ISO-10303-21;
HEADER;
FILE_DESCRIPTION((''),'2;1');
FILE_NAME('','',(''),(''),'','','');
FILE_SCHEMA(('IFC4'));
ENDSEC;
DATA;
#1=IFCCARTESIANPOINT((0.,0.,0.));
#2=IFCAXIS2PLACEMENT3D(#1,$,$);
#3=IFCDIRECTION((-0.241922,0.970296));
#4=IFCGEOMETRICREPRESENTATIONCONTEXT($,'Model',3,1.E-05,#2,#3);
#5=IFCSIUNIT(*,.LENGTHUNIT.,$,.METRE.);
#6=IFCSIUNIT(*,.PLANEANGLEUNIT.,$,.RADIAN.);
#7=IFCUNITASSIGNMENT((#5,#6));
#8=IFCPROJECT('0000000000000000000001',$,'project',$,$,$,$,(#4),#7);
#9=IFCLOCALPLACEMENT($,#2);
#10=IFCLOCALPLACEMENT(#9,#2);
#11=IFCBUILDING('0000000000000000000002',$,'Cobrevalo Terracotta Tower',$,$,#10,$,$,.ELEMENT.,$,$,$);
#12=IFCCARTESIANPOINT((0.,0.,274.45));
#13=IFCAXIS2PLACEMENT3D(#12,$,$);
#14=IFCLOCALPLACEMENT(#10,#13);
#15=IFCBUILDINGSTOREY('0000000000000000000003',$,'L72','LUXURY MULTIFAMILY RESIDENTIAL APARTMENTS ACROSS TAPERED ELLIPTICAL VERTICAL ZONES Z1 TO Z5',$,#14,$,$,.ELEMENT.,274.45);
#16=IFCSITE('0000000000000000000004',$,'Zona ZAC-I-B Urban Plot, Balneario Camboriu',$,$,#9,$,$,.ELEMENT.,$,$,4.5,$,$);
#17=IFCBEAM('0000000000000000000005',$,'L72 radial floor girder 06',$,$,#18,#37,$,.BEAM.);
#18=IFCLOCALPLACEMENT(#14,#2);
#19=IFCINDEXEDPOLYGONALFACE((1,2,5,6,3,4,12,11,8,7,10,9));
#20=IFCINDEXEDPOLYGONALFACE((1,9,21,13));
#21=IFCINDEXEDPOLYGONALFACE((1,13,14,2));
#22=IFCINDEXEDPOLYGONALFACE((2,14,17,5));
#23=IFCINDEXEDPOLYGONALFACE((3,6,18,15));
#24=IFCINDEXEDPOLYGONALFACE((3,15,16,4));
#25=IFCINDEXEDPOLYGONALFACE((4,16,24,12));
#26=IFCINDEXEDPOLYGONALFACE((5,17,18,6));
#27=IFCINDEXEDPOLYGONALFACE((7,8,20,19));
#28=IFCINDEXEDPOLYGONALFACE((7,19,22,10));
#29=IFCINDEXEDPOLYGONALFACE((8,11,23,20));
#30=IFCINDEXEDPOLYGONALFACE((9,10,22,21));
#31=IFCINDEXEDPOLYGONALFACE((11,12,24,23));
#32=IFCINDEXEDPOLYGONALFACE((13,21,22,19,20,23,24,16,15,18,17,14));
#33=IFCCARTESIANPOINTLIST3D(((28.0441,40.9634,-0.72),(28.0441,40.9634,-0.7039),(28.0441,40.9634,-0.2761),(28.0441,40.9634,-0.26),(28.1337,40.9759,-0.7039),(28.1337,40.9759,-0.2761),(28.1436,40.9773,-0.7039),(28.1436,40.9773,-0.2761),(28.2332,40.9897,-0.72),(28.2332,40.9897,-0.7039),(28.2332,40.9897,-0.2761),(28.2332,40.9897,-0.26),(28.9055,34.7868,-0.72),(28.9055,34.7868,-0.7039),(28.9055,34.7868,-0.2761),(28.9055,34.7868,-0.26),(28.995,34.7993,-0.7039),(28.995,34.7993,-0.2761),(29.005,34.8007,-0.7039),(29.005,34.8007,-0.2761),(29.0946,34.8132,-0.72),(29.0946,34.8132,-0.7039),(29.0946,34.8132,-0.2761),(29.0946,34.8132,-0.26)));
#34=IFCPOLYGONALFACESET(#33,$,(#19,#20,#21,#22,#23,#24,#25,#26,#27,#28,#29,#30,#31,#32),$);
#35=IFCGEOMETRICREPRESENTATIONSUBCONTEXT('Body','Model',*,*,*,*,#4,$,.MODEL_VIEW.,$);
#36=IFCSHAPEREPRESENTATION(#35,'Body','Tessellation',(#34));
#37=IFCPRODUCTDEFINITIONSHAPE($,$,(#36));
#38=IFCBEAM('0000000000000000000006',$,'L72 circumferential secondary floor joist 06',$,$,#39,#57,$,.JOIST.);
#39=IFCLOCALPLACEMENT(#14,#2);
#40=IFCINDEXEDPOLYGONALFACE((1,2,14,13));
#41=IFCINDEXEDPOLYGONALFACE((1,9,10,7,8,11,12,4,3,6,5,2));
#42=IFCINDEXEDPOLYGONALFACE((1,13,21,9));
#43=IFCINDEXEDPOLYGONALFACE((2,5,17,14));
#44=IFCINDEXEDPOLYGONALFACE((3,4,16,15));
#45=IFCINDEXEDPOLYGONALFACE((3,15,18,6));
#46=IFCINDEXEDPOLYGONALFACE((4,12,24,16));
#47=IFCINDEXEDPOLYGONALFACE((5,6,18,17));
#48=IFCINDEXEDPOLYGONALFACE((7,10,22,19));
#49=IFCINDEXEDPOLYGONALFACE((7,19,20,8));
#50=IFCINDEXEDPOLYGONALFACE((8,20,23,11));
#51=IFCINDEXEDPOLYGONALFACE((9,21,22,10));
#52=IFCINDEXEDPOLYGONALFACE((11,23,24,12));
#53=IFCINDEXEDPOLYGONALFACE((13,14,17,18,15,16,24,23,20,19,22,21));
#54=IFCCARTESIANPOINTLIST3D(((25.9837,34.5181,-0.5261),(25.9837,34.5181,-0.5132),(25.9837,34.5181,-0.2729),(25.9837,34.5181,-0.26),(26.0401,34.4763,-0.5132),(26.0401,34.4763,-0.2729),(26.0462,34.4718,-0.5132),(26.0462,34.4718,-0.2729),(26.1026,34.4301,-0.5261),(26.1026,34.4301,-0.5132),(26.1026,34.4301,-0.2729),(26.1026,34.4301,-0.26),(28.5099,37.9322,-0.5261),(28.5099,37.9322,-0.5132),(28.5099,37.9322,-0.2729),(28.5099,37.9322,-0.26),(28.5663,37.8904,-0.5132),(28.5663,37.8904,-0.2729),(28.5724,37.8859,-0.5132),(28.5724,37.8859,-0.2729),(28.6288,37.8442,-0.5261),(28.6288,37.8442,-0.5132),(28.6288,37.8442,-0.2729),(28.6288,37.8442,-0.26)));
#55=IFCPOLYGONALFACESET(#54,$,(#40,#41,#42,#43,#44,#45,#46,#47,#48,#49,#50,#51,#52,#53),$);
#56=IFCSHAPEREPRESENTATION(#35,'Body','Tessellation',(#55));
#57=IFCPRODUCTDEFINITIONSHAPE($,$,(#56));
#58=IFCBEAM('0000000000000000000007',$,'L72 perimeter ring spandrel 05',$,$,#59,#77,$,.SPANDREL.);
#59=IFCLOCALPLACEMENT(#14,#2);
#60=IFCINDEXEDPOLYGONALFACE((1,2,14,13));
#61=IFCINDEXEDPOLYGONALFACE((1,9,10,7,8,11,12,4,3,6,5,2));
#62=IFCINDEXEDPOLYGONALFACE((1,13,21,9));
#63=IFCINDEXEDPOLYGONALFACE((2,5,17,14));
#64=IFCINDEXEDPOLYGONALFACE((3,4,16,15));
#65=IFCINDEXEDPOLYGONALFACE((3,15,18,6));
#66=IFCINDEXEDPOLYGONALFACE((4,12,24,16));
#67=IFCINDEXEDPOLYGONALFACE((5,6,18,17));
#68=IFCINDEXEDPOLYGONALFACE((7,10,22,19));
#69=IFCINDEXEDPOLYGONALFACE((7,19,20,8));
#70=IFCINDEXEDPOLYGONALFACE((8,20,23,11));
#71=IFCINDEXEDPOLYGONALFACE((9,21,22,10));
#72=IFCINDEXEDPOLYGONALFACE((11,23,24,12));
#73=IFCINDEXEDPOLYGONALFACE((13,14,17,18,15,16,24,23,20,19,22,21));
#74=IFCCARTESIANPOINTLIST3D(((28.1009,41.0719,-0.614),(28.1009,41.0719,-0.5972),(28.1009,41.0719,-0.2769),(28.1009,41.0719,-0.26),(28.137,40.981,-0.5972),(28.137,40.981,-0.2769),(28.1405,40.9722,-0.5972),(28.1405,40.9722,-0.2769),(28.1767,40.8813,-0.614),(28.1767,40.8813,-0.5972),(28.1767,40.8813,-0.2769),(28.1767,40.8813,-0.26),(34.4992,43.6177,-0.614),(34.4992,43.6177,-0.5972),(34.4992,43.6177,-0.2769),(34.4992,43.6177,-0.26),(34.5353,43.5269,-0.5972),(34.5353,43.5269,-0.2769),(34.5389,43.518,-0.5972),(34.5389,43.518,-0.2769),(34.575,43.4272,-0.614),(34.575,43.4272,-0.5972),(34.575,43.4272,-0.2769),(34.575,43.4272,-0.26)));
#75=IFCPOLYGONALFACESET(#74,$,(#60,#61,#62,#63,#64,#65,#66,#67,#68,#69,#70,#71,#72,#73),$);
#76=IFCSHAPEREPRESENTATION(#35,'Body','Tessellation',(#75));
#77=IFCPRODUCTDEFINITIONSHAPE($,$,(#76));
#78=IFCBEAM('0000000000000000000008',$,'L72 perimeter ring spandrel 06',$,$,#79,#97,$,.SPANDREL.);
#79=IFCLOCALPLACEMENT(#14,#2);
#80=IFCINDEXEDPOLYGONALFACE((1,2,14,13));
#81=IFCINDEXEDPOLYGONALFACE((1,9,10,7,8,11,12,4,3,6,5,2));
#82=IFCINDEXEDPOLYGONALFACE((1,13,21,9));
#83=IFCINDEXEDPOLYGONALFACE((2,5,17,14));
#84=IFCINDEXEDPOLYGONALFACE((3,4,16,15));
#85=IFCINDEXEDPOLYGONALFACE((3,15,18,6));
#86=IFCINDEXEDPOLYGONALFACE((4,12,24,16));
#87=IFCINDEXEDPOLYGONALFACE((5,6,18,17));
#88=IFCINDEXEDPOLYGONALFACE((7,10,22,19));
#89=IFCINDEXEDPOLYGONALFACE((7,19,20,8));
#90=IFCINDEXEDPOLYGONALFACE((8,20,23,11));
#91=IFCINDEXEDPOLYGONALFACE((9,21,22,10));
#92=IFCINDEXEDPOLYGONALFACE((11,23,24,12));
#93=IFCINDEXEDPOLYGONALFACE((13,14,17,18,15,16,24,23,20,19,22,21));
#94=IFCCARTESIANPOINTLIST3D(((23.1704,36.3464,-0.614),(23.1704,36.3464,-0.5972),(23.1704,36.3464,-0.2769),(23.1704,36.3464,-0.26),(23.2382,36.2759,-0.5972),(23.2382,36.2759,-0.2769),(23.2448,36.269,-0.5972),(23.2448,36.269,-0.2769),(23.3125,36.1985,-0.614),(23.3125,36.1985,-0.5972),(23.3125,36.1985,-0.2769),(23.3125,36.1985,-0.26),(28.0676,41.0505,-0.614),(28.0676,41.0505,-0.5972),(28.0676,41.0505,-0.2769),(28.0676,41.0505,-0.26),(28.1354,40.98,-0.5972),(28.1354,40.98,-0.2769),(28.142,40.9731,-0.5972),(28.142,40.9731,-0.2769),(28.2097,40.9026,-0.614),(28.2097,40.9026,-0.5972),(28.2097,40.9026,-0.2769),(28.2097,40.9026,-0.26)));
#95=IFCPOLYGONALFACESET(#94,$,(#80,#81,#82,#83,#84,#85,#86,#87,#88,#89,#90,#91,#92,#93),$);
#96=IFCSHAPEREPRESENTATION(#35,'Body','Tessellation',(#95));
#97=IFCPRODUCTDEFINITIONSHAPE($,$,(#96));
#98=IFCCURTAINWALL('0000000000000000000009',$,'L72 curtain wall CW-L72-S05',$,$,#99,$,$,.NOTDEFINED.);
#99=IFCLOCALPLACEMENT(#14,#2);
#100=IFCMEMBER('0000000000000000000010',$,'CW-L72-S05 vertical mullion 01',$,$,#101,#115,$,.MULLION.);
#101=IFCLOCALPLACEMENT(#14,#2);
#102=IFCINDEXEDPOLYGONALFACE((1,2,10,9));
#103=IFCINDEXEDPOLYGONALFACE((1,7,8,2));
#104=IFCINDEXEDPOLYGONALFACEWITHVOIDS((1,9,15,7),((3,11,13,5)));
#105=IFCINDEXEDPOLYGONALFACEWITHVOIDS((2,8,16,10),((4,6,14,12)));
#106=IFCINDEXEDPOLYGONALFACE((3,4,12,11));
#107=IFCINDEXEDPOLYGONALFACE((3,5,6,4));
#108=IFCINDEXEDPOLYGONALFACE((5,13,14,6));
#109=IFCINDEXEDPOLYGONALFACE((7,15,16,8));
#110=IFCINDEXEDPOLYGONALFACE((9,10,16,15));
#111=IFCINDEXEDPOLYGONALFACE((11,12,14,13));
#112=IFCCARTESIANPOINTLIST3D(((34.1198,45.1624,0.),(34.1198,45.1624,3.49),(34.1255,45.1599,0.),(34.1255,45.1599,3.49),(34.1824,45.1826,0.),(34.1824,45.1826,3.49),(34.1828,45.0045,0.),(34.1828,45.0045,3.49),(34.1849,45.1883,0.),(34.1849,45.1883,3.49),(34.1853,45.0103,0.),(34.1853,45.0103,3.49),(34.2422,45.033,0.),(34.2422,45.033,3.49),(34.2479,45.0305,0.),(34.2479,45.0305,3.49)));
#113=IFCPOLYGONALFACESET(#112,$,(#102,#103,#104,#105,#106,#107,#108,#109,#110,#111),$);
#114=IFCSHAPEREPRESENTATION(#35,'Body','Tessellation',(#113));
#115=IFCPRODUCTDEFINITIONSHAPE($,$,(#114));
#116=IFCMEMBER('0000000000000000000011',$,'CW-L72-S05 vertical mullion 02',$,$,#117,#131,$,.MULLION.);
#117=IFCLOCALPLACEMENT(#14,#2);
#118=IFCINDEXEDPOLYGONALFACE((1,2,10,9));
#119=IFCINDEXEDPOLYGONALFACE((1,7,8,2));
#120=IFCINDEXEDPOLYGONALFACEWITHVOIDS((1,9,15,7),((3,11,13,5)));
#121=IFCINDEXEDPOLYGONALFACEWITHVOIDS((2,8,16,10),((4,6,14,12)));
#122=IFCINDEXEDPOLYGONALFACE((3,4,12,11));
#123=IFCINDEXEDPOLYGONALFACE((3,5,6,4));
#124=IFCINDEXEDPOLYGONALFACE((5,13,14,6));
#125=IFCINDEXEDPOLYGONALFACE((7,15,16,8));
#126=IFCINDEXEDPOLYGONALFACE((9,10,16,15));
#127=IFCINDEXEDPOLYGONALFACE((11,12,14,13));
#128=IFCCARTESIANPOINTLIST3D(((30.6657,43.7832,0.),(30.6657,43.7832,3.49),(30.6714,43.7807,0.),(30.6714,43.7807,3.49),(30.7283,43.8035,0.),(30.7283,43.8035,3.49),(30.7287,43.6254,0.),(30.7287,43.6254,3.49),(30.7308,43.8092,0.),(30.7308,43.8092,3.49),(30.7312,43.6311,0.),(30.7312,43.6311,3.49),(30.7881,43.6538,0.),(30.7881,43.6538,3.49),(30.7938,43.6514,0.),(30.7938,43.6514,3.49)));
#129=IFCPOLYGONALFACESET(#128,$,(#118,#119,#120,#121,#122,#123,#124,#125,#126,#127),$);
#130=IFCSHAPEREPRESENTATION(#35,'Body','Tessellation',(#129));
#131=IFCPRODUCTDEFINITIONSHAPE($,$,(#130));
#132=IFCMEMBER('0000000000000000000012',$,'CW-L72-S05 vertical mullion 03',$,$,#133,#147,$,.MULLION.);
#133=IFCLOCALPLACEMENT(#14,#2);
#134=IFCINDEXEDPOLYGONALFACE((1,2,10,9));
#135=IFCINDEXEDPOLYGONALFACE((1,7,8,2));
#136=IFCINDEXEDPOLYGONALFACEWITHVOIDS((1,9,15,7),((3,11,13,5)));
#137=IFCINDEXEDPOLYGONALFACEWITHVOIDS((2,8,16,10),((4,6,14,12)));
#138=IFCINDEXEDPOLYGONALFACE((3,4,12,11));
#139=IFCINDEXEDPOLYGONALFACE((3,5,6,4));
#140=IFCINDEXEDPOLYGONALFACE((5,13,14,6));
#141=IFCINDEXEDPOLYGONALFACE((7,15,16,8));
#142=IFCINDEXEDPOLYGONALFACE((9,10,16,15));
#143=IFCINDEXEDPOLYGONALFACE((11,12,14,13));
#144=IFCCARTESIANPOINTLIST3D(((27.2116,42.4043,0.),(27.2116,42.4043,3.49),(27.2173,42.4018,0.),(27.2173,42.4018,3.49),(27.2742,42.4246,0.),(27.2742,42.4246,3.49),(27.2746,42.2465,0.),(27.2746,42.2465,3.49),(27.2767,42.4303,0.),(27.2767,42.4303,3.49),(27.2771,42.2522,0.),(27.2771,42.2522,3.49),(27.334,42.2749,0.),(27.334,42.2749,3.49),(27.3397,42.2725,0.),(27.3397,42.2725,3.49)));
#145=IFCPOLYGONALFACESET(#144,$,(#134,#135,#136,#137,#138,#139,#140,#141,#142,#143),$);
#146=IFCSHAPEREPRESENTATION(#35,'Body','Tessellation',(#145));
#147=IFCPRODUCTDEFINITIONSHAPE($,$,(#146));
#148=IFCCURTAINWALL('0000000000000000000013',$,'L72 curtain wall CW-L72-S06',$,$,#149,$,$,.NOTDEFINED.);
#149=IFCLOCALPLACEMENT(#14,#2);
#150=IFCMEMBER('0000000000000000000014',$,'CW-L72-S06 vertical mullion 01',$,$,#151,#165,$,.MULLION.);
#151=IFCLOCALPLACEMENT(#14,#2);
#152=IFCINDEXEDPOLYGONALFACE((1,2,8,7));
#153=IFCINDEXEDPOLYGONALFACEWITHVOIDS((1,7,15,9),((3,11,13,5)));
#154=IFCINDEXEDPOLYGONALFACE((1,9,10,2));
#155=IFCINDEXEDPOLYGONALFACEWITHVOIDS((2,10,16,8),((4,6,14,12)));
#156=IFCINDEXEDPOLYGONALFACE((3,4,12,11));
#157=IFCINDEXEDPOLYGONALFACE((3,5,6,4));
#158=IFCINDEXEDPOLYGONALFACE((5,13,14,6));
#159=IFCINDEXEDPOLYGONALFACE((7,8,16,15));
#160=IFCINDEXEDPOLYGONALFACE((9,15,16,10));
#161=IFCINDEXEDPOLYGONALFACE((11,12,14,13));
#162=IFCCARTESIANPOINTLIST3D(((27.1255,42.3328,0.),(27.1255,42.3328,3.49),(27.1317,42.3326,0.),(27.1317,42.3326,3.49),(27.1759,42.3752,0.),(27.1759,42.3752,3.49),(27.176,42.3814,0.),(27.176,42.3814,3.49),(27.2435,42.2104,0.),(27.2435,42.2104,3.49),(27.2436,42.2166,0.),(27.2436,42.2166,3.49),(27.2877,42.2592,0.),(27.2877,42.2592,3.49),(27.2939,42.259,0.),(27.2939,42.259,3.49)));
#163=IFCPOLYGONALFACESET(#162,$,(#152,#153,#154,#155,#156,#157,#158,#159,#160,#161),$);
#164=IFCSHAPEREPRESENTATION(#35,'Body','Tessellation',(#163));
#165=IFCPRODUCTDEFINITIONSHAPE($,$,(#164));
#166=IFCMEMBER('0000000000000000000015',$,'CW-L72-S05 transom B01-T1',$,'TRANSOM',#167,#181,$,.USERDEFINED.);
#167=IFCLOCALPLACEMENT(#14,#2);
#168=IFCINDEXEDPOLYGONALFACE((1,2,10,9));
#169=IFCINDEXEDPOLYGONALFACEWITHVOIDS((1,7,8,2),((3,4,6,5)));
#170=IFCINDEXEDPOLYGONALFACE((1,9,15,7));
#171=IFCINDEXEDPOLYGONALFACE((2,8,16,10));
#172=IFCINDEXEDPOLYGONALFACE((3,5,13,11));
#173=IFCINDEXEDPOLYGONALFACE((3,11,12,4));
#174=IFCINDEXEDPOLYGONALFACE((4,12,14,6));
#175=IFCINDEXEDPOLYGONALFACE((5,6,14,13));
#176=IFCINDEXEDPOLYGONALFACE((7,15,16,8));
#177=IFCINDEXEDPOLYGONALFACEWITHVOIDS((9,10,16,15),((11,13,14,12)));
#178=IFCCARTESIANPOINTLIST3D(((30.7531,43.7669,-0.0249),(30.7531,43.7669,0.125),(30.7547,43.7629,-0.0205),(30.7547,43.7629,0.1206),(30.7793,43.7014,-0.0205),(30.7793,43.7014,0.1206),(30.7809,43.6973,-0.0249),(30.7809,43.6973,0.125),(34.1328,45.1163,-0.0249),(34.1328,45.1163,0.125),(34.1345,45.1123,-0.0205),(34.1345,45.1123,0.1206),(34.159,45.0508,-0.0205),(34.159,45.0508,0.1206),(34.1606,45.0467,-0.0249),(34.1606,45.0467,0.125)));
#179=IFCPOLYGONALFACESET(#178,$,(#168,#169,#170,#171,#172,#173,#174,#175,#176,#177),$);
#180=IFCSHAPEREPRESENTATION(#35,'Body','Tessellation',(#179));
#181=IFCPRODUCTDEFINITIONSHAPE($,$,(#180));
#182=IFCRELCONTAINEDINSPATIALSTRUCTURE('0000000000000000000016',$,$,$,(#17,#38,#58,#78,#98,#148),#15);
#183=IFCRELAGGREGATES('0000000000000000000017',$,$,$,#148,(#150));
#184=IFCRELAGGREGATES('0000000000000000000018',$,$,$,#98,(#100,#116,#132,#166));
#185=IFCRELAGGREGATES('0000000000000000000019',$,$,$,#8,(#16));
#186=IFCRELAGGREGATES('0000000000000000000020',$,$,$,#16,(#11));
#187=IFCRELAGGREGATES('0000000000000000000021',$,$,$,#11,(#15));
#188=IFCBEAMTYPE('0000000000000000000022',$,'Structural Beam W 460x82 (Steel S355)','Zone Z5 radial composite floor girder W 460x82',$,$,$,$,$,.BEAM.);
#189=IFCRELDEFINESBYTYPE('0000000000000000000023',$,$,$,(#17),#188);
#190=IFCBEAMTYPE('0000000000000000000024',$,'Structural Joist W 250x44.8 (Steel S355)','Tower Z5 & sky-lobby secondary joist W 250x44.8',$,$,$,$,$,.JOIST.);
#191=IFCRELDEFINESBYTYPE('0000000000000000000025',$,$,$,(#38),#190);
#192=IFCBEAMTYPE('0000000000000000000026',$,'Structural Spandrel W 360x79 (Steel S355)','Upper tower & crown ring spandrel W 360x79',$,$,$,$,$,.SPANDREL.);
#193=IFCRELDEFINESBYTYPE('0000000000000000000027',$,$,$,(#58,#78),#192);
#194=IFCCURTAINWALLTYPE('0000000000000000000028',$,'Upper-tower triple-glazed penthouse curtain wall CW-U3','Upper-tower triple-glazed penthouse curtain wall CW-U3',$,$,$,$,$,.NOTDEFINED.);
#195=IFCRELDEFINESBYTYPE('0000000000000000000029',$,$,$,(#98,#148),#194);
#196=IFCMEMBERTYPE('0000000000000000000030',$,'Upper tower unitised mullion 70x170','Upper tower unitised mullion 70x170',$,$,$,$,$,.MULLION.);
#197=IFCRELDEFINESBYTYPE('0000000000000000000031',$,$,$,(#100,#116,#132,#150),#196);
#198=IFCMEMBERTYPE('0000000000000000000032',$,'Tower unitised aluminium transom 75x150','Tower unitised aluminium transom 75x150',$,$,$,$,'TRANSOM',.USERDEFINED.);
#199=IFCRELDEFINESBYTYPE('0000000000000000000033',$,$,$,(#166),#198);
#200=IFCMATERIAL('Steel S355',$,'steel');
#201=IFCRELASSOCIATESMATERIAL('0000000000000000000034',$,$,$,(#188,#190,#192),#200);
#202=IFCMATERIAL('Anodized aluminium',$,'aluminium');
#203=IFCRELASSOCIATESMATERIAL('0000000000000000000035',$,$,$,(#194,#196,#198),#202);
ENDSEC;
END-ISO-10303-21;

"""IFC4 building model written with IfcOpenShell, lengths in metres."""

from ifc_helpers import new_model, si_unit, direction, frame, origin, origin_2d, place, context, subcontext, project, spatial, hollow_rectangle, i_section, extrude, source, transform, mapped, material, material_profile, profile_set, type_object, element, aggregate, save


model = new_model("IFC4")

# Units and contexts
model_context = context("Model", 3, precision=1e-05, world=origin(), true_north=direction((-0.241922, 0.970296)))
body_context = subcontext(model_context, "Body", "Model", "MODEL_VIEW")
ifc_project = project(units=[si_unit("LENGTHUNIT", "METRE"), si_unit("PLANEANGLEUNIT", "RADIAN")], contexts=[model_context])

# Site, building, storey
site_placement = place(None, origin())
site = spatial("IfcSite", under=ifc_project, at=site_placement, Name="Zona ZAC-I-B Urban Plot, Balneario Camboriu", CompositionType="ELEMENT", RefElevation=4.5)
building_placement = place(site_placement, origin())
building = spatial("IfcBuilding", under=site, at=building_placement, Name="Cobrevalo Terracotta Tower", CompositionType="ELEMENT")
storey_placement = place(building_placement, frame((0.0, 0.0, 274.45)))
storey = spatial("IfcBuildingStorey", under=building, at=storey_placement, Name="L72", Description="LUXURY MULTIFAMILY RESIDENTIAL APARTMENTS ACROSS TAPERED ELLIPTICAL VERTICAL ZONES Z1 TO Z5", CompositionType="ELEMENT", Elevation=274.45)

# Shared definitions
ifc_material_1 = material(Name="Steel S355", Category="steel")

# Beams
ifc_material_profile_1 = material_profile(ifc_material_1, i_section(OverallWidth=0.1909, OverallDepth=0.46, WebThickness=0.01, FlangeThickness=0.0161, at=origin_2d()), Name="W 460x82")
ifc_profile_set_1 = profile_set([ifc_material_profile_1], Name="Steel S355")
beam_type_1 = type_object("IfcBeamType", Name="Structural Beam W 460x82 (Steel S355)", Description="Zone Z5 radial composite floor girder W 460x82", PredefinedType="BEAM", material=ifc_profile_set_1)
beam_1_placement = place(storey_placement, frame((28.1387, 40.9766, -0.49), z_axis=(0.138116, -0.990416, 0.0), x_axis=(0.990416, 0.138116, 0.0)))
element("IfcBeam", 1, at=beam_1_placement, inside=storey, type_object=beam_type_1, Name="L72 radial floor girder 06", PredefinedType="BEAM", context=body_context, shape_type="SweptSolid", body=[
    extrude(i_section(OverallWidth=0.1909, OverallDepth=0.46, WebThickness=0.01, FlangeThickness=0.0161, at=origin_2d()), origin(), (0.0, 0.0, 1.0), 6.2363),
])
ifc_material_profile_2 = material_profile(ifc_material_1, i_section(OverallWidth=0.1479, OverallDepth=0.2661, WebThickness=0.0076, FlangeThickness=0.0129, at=origin_2d()), Name="W 250x44.8")
ifc_profile_set_2 = profile_set([ifc_material_profile_2], Name="Steel S355")
beam_type_2 = type_object("IfcBeamType", Name="Structural Joist W 250x44.8 (Steel S355)", Description="Tower Z5 & sky-lobby secondary joist W 250x44.8", PredefinedType="JOIST", material=ifc_profile_set_2)
beam_2_placement = place(storey_placement, frame((28.5693, 37.8882, -0.3931), z_axis=(-0.5948, -0.803874, 0.0), x_axis=(0.803874, -0.5948, 0.0)))
element("IfcBeam", 2, at=beam_2_placement, inside=storey, type_object=beam_type_2, Name="L72 circumferential secondary floor joist 06", PredefinedType="JOIST", context=body_context, shape_type="SweptSolid", body=[
    extrude(i_section(OverallWidth=0.1479, OverallDepth=0.2661, WebThickness=0.0076, FlangeThickness=0.0129, at=origin_2d()), origin(), (0.0, 0.0, 1.0), 4.2471),
])
ifc_material_profile_3 = material_profile(ifc_material_1, i_section(OverallWidth=0.2051, OverallDepth=0.354, WebThickness=0.0095, FlangeThickness=0.0168, at=origin_2d()), Name="W 360x79")
ifc_profile_set_3 = profile_set([ifc_material_profile_3], Name="Steel S355")
beam_type_3 = type_object("IfcBeamType", Name="Structural Spandrel W 360x79 (Steel S355)", Description="Upper tower & crown ring spandrel W 360x79", PredefinedType="SPANDREL", material=ifc_profile_set_3)
beam_3_placement = place(storey_placement, frame((34.5371, 43.5225, -0.437), z_axis=(-0.92915, -0.369703, 0.0), x_axis=(0.369703, -0.92915, 0.0)))
element("IfcBeam", 3, at=beam_3_placement, inside=storey, type_object=beam_type_3, Name="L72 perimeter ring spandrel 05", PredefinedType="SPANDREL", context=body_context, shape_type="SweptSolid", body=[
    extrude(i_section(OverallWidth=0.2051, OverallDepth=0.354, WebThickness=0.0095, FlangeThickness=0.0168, at=origin_2d()), origin(), (0.0, 0.0, 1.0), 6.8862),
])
beam_4_placement = place(storey_placement, frame((28.1387, 40.9766, -0.437), z_axis=(-0.721183, -0.692744, 0.0), x_axis=(0.692744, -0.721183, 0.0)))
element("IfcBeam", 4, at=beam_4_placement, inside=storey, type_object=beam_type_3, Name="L72 perimeter ring spandrel 06", PredefinedType="SPANDREL", context=body_context, shape_type="SweptSolid", body=[
    extrude(i_section(OverallWidth=0.2051, OverallDepth=0.354, WebThickness=0.0095, FlangeThickness=0.0168, at=origin_2d()), origin(), (0.0, 0.0, 1.0), 6.7905),
])

# Curtain wall, members
ifc_material_2 = material(Name="Anodized aluminium", Category="aluminium")
curtain_wall_type = type_object("IfcCurtainWallType", Name="Upper-tower triple-glazed penthouse curtain wall CW-U3", Description="Upper-tower triple-glazed penthouse curtain wall CW-U3", PredefinedType="NOTDEFINED", material=ifc_material_2)
curtain_wall_1_placement = place(storey_placement, origin())
curtain_wall_1 = element("IfcCurtainWall", 5, at=curtain_wall_1_placement, inside=storey, type_object=curtain_wall_type, Name="L72 curtain wall CW-L72-S05", PredefinedType="NOTDEFINED")
ifc_material_profile_4 = material_profile(ifc_material_2, hollow_rectangle(XDim=0.0701, YDim=0.1699, WallThickness=0.0044, at=origin_2d()), Name="CWM 70x170")
ifc_profile_set_4 = profile_set([ifc_material_profile_4], Name="Anodized aluminium")
member_type_1 = type_object("IfcMemberType", Name="Upper tower unitised mullion 70x170", Description="Upper tower unitised mullion 70x170", PredefinedType="MULLION", material=ifc_profile_set_4)
shared_shape_1 = source(origin(), body_context, "Body", "SweptSolid", [
    extrude(hollow_rectangle(XDim=0.0701, YDim=0.1699, WallThickness=0.0044, at=origin_2d()), origin(), (0.0, 0.0, 1.0), 3.49),
])
member_1_placement = place(storey_placement, frame((34.1838, 45.0964, 0.0), z_axis=(0.0, 0.0, 1.0), x_axis=(-0.928719, -0.370784, 0.0)))
member_1 = element("IfcMember", 6, at=member_1_placement, type_object=member_type_1, Name="CW-L72-S05 vertical mullion 01", PredefinedType="MULLION", context=body_context, shape_type="MappedRepresentation", body=[
    mapped(shared_shape_1, transform((0.0, 0.0, 0.0), scale=1.0)),
])
member_2_placement = place(storey_placement, frame((30.7297, 43.7173, 0.0), z_axis=(0.0, 0.0, 1.0), x_axis=(-0.928719, -0.370784, 0.0)))
member_2 = element("IfcMember", 7, at=member_2_placement, type_object=member_type_1, Name="CW-L72-S05 vertical mullion 02", PredefinedType="MULLION", context=body_context, shape_type="MappedRepresentation", body=[
    mapped(shared_shape_1, transform((0.0, 0.0, 0.0), scale=1.0)),
])
member_3_placement = place(storey_placement, frame((27.2756, 42.3384, 0.0), z_axis=(0.0, 0.0, 1.0), x_axis=(-0.928719, -0.370784, 0.0)))
member_3 = element("IfcMember", 8, at=member_3_placement, type_object=member_type_1, Name="CW-L72-S05 vertical mullion 03", PredefinedType="MULLION", context=body_context, shape_type="MappedRepresentation", body=[
    mapped(shared_shape_1, transform((0.0, 0.0, 0.0), scale=1.0)),
])

# Curtain wall, member
curtain_wall_2_placement = place(storey_placement, origin())
curtain_wall_2 = element("IfcCurtainWall", 9, at=curtain_wall_2_placement, inside=storey, type_object=curtain_wall_type, Name="L72 curtain wall CW-L72-S06", PredefinedType="NOTDEFINED")
member_4_placement = place(storey_placement, frame((27.2097, 42.2959, 0.0), z_axis=(0.0, 0.0, 1.0), x_axis=(-0.719994, -0.69398, 0.0)))
member_4 = element("IfcMember", 10, at=member_4_placement, type_object=member_type_1, Name="CW-L72-S06 vertical mullion 01", PredefinedType="MULLION", context=body_context, shape_type="MappedRepresentation", body=[
    mapped(shared_shape_1, transform((0.0, 0.0, 0.0), scale=1.0)),
])
aggregate(curtain_wall_2, [member_4])

# Member
ifc_material_profile_5 = material_profile(ifc_material_2, hollow_rectangle(XDim=0.075, YDim=0.1499, WallThickness=0.0044, at=origin_2d()), Name="CWT 75x150")
ifc_profile_set_5 = profile_set([ifc_material_profile_5], Name="Anodized aluminium")
member_type_2 = type_object("IfcMemberType", Name="Tower unitised aluminium transom 75x150", Description="Tower unitised aluminium transom 75x150", ElementType="TRANSOM", PredefinedType="USERDEFINED", material=ifc_profile_set_5)
shared_shape_2 = source(origin(), body_context, "Body", "SweptSolid", [
    extrude(hollow_rectangle(XDim=0.075, YDim=0.1499, WallThickness=0.0044, at=origin_2d()), origin(), (0.0, 0.0, 1.0), 3.6392),
])
member_5_placement = place(storey_placement, frame((34.1467, 45.0815, 0.05), z_axis=(-0.928712, -0.370801, 0.0), x_axis=(0.370801, -0.928712, 0.0)))
member_5 = element("IfcMember", 11, at=member_5_placement, type_object=member_type_2, Name="CW-L72-S05 transom B01-T1", ObjectType="TRANSOM", PredefinedType="USERDEFINED", context=body_context, shape_type="MappedRepresentation", body=[
    mapped(shared_shape_2, transform((0.0, 0.0, 0.0), scale=1.0)),
])

aggregate(curtain_wall_1, [member_1, member_2, member_3, member_5])

save(model, "model.ifc")
